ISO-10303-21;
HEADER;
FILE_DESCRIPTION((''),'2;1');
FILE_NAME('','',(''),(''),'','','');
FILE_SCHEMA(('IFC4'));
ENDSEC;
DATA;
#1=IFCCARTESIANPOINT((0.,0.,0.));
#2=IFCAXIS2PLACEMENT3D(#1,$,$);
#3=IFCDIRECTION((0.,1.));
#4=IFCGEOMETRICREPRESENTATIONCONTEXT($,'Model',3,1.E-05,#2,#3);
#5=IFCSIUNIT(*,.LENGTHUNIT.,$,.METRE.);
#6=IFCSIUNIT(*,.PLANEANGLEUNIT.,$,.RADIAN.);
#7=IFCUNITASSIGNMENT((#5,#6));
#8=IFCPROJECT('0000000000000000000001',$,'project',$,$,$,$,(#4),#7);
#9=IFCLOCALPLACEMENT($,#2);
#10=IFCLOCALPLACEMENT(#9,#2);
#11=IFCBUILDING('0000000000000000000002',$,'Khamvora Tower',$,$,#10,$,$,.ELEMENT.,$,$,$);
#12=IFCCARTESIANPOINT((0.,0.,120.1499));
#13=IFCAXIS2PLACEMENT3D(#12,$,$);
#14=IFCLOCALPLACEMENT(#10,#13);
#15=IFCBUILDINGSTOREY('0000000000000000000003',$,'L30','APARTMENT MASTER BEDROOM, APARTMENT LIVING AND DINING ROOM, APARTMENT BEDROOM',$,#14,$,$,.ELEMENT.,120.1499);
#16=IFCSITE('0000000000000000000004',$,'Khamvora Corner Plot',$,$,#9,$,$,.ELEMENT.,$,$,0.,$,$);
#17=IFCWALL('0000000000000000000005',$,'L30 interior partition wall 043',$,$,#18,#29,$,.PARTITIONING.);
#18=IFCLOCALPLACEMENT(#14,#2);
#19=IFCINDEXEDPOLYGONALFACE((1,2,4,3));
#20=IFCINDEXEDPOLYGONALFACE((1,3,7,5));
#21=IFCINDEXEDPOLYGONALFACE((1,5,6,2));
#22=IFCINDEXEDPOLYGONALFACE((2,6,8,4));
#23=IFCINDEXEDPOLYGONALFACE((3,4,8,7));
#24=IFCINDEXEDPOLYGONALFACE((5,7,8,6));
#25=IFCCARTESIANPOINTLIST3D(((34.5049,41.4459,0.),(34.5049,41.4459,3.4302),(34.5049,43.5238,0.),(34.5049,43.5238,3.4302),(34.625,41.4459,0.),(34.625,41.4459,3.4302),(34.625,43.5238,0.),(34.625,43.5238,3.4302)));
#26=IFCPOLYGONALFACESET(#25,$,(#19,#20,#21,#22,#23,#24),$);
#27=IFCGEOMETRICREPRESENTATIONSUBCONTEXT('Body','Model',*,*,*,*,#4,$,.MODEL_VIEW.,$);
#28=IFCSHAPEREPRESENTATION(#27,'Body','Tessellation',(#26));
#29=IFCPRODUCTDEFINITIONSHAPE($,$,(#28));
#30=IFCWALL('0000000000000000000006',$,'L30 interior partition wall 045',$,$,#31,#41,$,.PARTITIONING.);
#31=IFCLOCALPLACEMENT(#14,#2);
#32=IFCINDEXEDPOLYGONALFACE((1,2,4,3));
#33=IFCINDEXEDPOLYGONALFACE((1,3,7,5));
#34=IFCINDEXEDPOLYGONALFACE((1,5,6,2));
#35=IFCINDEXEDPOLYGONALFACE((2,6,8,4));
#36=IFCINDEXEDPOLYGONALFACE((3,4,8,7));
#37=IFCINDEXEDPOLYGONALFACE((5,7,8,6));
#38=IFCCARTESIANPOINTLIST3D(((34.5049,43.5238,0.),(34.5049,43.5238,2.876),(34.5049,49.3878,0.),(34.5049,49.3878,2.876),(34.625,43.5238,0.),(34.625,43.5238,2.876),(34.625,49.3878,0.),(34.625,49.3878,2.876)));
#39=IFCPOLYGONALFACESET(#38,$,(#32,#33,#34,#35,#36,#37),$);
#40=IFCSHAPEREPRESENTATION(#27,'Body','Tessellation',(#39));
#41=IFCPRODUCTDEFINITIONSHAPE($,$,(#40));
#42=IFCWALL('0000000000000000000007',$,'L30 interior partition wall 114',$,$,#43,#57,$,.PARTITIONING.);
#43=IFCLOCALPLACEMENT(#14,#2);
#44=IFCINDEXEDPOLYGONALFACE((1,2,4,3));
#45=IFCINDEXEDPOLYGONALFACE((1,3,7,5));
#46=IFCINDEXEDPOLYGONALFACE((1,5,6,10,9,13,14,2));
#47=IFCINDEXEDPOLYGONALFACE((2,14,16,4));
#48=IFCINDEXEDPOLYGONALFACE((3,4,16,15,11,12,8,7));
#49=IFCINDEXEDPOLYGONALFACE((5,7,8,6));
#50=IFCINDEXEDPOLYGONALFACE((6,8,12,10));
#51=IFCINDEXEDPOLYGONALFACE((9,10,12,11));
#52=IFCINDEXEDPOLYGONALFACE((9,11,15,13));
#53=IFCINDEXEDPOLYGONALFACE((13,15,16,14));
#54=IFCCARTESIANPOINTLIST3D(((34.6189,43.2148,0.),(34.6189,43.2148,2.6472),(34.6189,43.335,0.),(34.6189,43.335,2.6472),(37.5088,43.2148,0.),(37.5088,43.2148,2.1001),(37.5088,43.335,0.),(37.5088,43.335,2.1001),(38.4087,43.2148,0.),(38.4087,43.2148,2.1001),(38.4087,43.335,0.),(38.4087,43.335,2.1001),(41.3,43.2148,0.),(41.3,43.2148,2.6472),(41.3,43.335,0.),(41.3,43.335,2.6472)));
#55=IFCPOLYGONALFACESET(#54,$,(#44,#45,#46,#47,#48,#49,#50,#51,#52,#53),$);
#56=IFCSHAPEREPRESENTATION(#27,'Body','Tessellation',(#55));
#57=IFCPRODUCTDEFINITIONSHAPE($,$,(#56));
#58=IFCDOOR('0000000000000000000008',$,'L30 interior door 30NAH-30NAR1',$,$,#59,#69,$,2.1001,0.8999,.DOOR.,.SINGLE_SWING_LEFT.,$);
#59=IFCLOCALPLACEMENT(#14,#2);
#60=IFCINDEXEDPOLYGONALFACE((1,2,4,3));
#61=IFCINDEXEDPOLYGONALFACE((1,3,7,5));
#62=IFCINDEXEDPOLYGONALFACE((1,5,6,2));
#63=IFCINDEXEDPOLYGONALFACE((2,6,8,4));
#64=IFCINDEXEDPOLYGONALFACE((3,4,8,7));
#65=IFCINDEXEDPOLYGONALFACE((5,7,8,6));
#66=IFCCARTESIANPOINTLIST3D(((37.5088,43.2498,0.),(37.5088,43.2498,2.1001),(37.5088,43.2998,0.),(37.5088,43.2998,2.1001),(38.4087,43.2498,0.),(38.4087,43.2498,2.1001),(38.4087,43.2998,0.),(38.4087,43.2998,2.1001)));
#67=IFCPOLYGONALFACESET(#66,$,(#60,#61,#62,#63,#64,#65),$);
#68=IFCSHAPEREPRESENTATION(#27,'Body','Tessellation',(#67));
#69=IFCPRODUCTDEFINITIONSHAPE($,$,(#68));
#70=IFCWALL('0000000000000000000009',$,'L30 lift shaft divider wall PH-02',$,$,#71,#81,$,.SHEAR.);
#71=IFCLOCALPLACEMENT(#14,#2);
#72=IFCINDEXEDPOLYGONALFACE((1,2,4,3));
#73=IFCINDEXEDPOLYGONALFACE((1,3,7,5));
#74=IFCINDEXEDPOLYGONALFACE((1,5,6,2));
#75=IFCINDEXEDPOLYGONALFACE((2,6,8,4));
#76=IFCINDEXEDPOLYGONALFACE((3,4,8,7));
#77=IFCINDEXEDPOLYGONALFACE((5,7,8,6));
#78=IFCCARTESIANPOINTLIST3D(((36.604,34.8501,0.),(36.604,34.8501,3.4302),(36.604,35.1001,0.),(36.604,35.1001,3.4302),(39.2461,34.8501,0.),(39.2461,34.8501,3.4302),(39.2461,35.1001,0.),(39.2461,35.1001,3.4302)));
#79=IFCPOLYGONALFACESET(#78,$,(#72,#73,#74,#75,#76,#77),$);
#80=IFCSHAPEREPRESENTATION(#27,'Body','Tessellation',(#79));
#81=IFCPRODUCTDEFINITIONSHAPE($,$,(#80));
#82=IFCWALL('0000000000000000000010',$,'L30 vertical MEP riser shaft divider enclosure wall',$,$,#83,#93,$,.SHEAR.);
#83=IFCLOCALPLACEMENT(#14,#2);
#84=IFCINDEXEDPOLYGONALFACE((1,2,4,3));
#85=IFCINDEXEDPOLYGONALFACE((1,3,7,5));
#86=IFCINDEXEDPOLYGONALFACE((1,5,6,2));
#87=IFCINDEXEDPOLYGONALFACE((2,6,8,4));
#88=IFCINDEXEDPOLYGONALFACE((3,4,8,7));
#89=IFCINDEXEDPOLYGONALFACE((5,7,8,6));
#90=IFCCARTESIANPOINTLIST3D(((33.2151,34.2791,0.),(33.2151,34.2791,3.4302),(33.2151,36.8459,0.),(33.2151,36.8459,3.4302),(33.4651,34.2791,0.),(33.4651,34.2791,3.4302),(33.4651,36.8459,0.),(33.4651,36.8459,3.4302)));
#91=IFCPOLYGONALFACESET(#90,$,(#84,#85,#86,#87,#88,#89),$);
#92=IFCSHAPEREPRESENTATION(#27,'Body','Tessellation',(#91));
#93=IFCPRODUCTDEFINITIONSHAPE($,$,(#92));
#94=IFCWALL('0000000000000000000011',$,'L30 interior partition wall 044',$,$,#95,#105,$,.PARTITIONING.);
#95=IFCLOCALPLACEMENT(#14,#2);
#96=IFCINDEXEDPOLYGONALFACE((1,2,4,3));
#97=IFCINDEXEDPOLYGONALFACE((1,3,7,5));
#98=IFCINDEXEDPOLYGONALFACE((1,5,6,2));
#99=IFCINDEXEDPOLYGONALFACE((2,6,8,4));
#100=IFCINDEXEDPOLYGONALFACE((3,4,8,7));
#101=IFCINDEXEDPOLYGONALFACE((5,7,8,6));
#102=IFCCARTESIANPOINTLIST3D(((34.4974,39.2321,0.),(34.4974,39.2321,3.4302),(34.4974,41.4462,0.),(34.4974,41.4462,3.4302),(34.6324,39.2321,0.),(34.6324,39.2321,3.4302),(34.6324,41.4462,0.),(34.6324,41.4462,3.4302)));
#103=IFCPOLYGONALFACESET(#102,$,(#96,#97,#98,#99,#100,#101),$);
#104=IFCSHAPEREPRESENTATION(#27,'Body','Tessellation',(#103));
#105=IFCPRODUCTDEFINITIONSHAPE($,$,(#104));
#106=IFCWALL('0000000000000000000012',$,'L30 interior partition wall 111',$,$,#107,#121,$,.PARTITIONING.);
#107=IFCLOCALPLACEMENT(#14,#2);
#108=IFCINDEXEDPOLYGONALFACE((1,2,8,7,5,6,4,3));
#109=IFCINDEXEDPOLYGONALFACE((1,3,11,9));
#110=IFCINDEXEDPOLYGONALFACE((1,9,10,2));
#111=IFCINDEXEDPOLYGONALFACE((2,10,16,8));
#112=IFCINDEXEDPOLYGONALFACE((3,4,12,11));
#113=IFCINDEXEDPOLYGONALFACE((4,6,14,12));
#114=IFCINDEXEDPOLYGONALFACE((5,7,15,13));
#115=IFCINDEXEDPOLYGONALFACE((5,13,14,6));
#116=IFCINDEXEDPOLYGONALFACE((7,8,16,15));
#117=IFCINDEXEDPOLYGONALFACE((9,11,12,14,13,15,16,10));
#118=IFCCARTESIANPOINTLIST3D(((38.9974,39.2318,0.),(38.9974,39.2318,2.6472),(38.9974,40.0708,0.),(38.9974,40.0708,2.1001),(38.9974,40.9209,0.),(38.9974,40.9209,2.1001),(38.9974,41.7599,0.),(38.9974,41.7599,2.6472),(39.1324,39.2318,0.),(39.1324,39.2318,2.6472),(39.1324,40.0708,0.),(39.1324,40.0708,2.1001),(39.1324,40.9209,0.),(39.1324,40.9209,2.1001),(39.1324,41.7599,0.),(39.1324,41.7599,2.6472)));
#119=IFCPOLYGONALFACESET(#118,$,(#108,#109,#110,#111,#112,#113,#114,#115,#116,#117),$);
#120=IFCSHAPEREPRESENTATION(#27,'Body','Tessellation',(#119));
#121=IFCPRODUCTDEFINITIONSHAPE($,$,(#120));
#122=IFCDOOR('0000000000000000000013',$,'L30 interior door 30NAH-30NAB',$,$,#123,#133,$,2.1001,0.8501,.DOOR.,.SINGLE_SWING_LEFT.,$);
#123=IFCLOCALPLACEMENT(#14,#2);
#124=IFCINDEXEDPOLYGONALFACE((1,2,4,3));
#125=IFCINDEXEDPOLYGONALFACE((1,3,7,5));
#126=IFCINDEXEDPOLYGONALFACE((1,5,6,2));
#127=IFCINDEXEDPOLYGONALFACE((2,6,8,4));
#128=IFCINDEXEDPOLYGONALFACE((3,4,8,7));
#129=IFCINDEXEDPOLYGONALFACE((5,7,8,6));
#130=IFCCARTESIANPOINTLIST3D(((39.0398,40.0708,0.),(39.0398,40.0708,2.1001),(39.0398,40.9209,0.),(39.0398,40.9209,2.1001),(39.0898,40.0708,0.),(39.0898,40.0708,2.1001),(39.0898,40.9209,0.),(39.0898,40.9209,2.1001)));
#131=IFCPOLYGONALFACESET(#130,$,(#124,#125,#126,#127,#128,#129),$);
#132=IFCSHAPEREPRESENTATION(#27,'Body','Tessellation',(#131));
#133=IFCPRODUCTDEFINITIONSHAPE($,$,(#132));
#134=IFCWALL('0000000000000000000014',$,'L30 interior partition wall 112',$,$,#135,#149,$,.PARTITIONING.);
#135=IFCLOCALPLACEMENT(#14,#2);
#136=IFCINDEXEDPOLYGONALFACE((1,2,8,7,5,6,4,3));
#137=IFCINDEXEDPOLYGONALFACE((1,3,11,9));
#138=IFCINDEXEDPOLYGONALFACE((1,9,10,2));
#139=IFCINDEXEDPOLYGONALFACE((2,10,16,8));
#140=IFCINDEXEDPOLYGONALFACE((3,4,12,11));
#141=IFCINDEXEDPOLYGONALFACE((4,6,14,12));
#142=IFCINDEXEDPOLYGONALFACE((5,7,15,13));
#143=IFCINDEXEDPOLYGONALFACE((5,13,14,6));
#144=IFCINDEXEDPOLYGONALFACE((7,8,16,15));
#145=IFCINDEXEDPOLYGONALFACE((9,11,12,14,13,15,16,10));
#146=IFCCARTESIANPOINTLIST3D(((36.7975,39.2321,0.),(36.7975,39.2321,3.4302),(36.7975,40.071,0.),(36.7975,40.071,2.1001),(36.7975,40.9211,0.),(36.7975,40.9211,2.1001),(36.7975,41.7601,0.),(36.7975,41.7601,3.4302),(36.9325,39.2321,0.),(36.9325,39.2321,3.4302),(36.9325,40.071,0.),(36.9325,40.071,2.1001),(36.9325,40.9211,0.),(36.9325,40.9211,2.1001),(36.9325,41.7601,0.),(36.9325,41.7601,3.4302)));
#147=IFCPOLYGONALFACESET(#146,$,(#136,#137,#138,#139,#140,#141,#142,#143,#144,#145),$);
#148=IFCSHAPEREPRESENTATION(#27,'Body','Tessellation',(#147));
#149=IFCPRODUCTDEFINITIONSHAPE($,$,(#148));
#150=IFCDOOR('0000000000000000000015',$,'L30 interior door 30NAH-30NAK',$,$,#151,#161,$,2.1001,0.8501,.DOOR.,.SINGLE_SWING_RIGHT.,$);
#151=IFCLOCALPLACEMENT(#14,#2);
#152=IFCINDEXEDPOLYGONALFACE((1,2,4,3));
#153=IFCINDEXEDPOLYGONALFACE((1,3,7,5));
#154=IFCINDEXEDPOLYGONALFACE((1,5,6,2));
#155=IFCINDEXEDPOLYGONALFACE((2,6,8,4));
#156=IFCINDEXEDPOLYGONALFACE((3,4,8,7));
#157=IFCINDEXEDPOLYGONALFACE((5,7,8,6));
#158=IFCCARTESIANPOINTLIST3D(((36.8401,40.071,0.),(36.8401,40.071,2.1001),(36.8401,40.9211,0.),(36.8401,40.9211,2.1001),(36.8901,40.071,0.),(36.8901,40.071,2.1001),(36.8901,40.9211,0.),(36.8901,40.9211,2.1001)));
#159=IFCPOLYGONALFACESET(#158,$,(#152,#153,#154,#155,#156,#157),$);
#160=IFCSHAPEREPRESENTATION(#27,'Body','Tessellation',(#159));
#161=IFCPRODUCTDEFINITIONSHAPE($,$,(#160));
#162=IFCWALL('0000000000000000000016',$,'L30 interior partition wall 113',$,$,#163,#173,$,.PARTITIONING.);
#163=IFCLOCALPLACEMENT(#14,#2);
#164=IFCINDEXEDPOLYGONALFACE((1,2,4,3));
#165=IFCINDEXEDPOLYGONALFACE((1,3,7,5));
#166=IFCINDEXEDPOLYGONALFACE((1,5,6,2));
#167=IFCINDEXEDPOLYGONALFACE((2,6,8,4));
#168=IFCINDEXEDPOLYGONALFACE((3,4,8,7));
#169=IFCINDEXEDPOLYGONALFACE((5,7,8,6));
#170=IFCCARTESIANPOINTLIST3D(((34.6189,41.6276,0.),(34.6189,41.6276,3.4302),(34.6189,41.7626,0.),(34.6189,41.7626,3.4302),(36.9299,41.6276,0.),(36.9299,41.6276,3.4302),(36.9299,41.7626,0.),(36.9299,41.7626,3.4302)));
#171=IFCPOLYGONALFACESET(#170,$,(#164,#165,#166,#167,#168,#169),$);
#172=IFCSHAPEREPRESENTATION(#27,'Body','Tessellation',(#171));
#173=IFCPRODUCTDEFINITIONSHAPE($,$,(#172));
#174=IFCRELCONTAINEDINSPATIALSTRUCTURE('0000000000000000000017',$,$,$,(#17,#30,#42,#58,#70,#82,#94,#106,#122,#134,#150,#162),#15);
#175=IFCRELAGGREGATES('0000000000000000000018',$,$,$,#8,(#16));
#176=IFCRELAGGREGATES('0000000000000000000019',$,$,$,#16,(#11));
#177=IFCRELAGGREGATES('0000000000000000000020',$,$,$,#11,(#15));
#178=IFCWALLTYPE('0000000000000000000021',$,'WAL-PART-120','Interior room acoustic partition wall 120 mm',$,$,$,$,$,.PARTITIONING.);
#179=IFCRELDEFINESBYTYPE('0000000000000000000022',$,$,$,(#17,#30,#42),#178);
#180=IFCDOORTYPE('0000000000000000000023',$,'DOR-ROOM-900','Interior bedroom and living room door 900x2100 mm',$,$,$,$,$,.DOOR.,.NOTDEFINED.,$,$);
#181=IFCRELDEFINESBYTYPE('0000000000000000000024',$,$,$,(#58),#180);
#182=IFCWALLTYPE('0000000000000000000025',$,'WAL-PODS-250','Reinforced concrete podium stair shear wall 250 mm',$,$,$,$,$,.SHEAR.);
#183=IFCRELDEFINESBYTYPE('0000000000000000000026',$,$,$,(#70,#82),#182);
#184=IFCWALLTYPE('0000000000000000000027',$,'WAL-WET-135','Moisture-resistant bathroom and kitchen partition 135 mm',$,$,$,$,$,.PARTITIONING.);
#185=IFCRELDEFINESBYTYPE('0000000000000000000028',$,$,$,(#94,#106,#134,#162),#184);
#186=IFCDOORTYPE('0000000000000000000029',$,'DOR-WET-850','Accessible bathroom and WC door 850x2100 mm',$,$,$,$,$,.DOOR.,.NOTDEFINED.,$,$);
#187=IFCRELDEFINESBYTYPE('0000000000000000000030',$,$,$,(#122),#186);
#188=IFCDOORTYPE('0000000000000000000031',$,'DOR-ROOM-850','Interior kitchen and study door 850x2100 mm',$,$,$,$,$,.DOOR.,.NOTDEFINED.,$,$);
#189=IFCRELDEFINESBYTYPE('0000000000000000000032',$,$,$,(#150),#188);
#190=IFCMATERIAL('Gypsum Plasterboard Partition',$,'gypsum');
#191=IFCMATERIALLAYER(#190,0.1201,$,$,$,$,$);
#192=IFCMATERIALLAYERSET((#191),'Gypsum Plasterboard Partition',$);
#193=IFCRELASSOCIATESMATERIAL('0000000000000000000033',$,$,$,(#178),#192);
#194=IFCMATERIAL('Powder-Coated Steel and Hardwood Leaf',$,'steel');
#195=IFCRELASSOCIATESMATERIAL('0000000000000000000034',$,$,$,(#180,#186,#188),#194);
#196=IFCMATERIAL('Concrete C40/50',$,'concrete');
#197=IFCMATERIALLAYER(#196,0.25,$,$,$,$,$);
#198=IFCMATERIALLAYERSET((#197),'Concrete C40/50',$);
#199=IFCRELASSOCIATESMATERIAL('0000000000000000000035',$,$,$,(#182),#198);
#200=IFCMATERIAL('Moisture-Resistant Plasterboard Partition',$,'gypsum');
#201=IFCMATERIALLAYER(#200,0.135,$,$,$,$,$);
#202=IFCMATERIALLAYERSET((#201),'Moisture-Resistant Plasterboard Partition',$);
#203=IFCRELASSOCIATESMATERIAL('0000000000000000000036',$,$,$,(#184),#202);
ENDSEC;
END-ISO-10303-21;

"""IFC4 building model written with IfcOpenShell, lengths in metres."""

from ifc_helpers import new_model, si_unit, direction, frame, frame_2d, origin, place, context, subcontext, project, spatial, rectangle, extrude, material, layer, layer_set, type_object, element, fill, save


model = new_model("IFC4")

# Units and contexts
model_context = context("Model", 3, precision=1e-05, world=origin(), true_north=direction((0.0, 1.0)))
body_context = subcontext(model_context, "Body", "Model", "MODEL_VIEW")
ifc_project = project(units=[si_unit("LENGTHUNIT", "METRE"), si_unit("PLANEANGLEUNIT", "RADIAN")], contexts=[model_context])

# Site, building, storey
site_placement = place(None, origin())
site = spatial("IfcSite", under=ifc_project, at=site_placement, Name="Khamvora Corner Plot", CompositionType="ELEMENT", RefElevation=0.0)
building_placement = place(site_placement, origin())
building = spatial("IfcBuilding", under=site, at=building_placement, Name="Khamvora Tower", CompositionType="ELEMENT")
storey_placement = place(building_placement, frame((0.0, 0.0, 120.1499)))
storey = spatial("IfcBuildingStorey", under=building, at=storey_placement, Name="L30", Description="APARTMENT MASTER BEDROOM, APARTMENT LIVING AND DINING ROOM, APARTMENT BEDROOM", CompositionType="ELEMENT", Elevation=120.1499)

# Shared definitions
ifc_material_1 = material(Name="Powder-Coated Steel and Hardwood Leaf", Category="steel")

# Walls
ifc_material_2 = material(Name="Gypsum Plasterboard Partition", Category="gypsum")
ifc_layer_1 = layer(ifc_material_2, 0.1201)
ifc_layer_set_1 = layer_set([ifc_layer_1], Name="Gypsum Plasterboard Partition")
wall_type_1 = type_object("IfcWallType", Name="WAL-PART-120", Description="Interior room acoustic partition wall 120 mm", PredefinedType="PARTITIONING", material=ifc_layer_set_1)
wall_1_placement = place(storey_placement, frame((34.5649, 43.5239, 0.0), z_axis=(0.0, 0.0, 1.0), x_axis=(0.0, -1.0, 0.0)))
element("IfcWall", 1, at=wall_1_placement, inside=storey, type_object=wall_type_1, Name="L30 interior partition wall 043", PredefinedType="PARTITIONING", context=body_context, shape_type="SweptSolid", body=[
    extrude(rectangle(XDim=2.0779, YDim=0.1201, at=frame_2d((1.0391, 0.0))), origin(), (0.0, 0.0, 1.0), 3.4302),
])
wall_2_placement = place(storey_placement, frame((34.5649, 49.3879, 0.0), z_axis=(0.0, 0.0, 1.0), x_axis=(0.0, -1.0, 0.0)))
element("IfcWall", 2, at=wall_2_placement, inside=storey, type_object=wall_type_1, Name="L30 interior partition wall 045", PredefinedType="PARTITIONING", context=body_context, shape_type="SweptSolid", body=[
    extrude(rectangle(XDim=5.864, YDim=0.1201, at=frame_2d((2.9321, 0.0))), origin(), (0.0, 0.0, 1.0), 2.876),
])

# Wall, opening, door
wall_3_placement = place(storey_placement, frame((34.6189, 43.2749, 0.0), z_axis=(0.0, 0.0, 1.0), x_axis=(1.0, 0.0, 0.0)))
wall_3 = element("IfcWall", 3, at=wall_3_placement, inside=storey, type_object=wall_type_1, Name="L30 interior partition wall 114", PredefinedType="PARTITIONING", context=body_context, shape_type="SweptSolid", body=[
    extrude(rectangle(XDim=6.6812, YDim=0.1201, at=frame_2d((3.3406, 0.0))), origin(), (0.0, 0.0, 1.0), 2.6472),
])
opening_1_placement = place(wall_3_placement, frame((2.8899, 0.0, 0.0)))
opening_1 = element("IfcOpeningElement", 4, at=opening_1_placement, cuts=wall_3, PredefinedType="OPENING", context=body_context, shape_type="SweptSolid", body=[
    extrude(rectangle(XDim=0.8999, YDim=2.1001, at=frame_2d((0.45, 1.05))), frame((0.0, 0.0701, 0.0), z_axis=(0.0, -1.0, 0.0), x_axis=(1.0, 0.0, 0.0)), (0.0, 0.0, 1.0), 0.1401),
])
door_type_1 = type_object("IfcDoorType", Name="DOR-ROOM-900", Description="Interior bedroom and living room door 900x2100 mm", OperationType="NOTDEFINED", PredefinedType="DOOR", material=ifc_material_1)
door_1_placement = place(opening_1_placement, origin())
door_1 = element("IfcDoor", 5, at=door_1_placement, inside=storey, type_object=door_type_1, Name="L30 interior door 30NAH-30NAR1", OperationType="SINGLE_SWING_LEFT", OverallHeight=2.1001, OverallWidth=0.8999, PredefinedType="DOOR", context=body_context, shape_type="SweptSolid", body=[
    extrude(rectangle(XDim=0.8999, YDim=2.1001, at=frame_2d((0.45, 1.05))), frame((0.0, 0.0249, 0.0), z_axis=(0.0, -1.0, 0.0), x_axis=(1.0, 0.0, 0.0)), (0.0, 0.0, 1.0), 0.05),
])
fill(opening_1, door_1)

# Walls
ifc_material_3 = material(Name="Concrete C40/50", Category="concrete")
ifc_layer_2 = layer(ifc_material_3, 0.25)
ifc_layer_set_2 = layer_set([ifc_layer_2], Name="Concrete C40/50")
wall_type_2 = type_object("IfcWallType", Name="WAL-PODS-250", Description="Reinforced concrete podium stair shear wall 250 mm", PredefinedType="SHEAR", material=ifc_layer_set_2)
wall_4_placement = place(storey_placement, frame((36.604, 34.9751, 0.0), z_axis=(0.0, 0.0, 1.0), x_axis=(1.0, 0.0, 0.0)))
element("IfcWall", 6, at=wall_4_placement, inside=storey, type_object=wall_type_2, Name="L30 lift shaft divider wall PH-02", PredefinedType="SHEAR", context=body_context, shape_type="SweptSolid", body=[
    extrude(rectangle(XDim=2.6421, YDim=0.25, at=frame_2d((1.321, 0.0))), origin(), (0.0, 0.0, 1.0), 3.4302),
])
wall_5_placement = place(storey_placement, frame((33.3401, 34.2791, 0.0), z_axis=(0.0, 0.0, 1.0), x_axis=(0.0, 1.0, 0.0)))
element("IfcWall", 7, at=wall_5_placement, inside=storey, type_object=wall_type_2, Name="L30 vertical MEP riser shaft divider enclosure wall", PredefinedType="SHEAR", context=body_context, shape_type="SweptSolid", body=[
    extrude(rectangle(XDim=2.5669, YDim=0.25, at=frame_2d((1.2834, 0.0))), origin(), (0.0, 0.0, 1.0), 3.4302),
])
ifc_material_4 = material(Name="Moisture-Resistant Plasterboard Partition", Category="gypsum")
ifc_layer_3 = layer(ifc_material_4, 0.135)
ifc_layer_set_3 = layer_set([ifc_layer_3], Name="Moisture-Resistant Plasterboard Partition")
wall_type_3 = type_object("IfcWallType", Name="WAL-WET-135", Description="Moisture-resistant bathroom and kitchen partition 135 mm", PredefinedType="PARTITIONING", material=ifc_layer_set_3)
wall_6_placement = place(storey_placement, frame((34.5649, 41.446, 0.0), z_axis=(0.0, 0.0, 1.0), x_axis=(0.0, -1.0, 0.0)))
element("IfcWall", 8, at=wall_6_placement, inside=storey, type_object=wall_type_3, Name="L30 interior partition wall 044", PredefinedType="PARTITIONING", context=body_context, shape_type="SweptSolid", body=[
    extrude(rectangle(XDim=2.2141, YDim=0.135, at=frame_2d((1.1069, 0.0))), origin(), (0.0, 0.0, 1.0), 3.4302),
])

# Walls, openings, doors
wall_7_placement = place(storey_placement, frame((39.0649, 41.76, 0.0), z_axis=(0.0, 0.0, 1.0), x_axis=(0.0, -1.0, 0.0)))
wall_7 = element("IfcWall", 9, at=wall_7_placement, inside=storey, type_object=wall_type_3, Name="L30 interior partition wall 111", PredefinedType="PARTITIONING", context=body_context, shape_type="SweptSolid", body=[
    extrude(rectangle(XDim=2.5281, YDim=0.135, at=frame_2d((1.2642, 0.0))), origin(), (0.0, 0.0, 1.0), 2.6472),
])
opening_2_placement = place(wall_7_placement, frame((0.8391, 0.0, 0.0)))
opening_2 = element("IfcOpeningElement", 10, at=opening_2_placement, cuts=wall_7, PredefinedType="OPENING", context=body_context, shape_type="SweptSolid", body=[
    extrude(rectangle(XDim=0.8501, YDim=2.1001, at=frame_2d((0.425, 1.05))), frame((0.0, 0.0774, 0.0), z_axis=(0.0, -1.0, 0.0), x_axis=(1.0, 0.0, 0.0)), (0.0, 0.0, 1.0), 0.155),
])
door_type_2 = type_object("IfcDoorType", Name="DOR-WET-850", Description="Accessible bathroom and WC door 850x2100 mm", OperationType="NOTDEFINED", PredefinedType="DOOR", material=ifc_material_1)
door_2_placement = place(opening_2_placement, origin())
door_2 = element("IfcDoor", 11, at=door_2_placement, inside=storey, type_object=door_type_2, Name="L30 interior door 30NAH-30NAB", OperationType="SINGLE_SWING_LEFT", OverallHeight=2.1001, OverallWidth=0.8501, PredefinedType="DOOR", context=body_context, shape_type="SweptSolid", body=[
    extrude(rectangle(XDim=0.8501, YDim=2.1001, at=frame_2d((0.425, 1.05))), frame((0.0, 0.0249, 0.0), z_axis=(0.0, -1.0, 0.0), x_axis=(1.0, 0.0, 0.0)), (0.0, 0.0, 1.0), 0.05),
])
fill(opening_2, door_2)
wall_8_placement = place(storey_placement, frame((36.865, 39.2319, 0.0), z_axis=(0.0, 0.0, 1.0), x_axis=(0.0, 1.0, 0.0)))
wall_8 = element("IfcWall", 12, at=wall_8_placement, inside=storey, type_object=wall_type_3, Name="L30 interior partition wall 112", PredefinedType="PARTITIONING", context=body_context, shape_type="SweptSolid", body=[
    extrude(rectangle(XDim=2.5281, YDim=0.135, at=frame_2d((1.2642, 0.0))), origin(), (0.0, 0.0, 1.0), 3.4302),
])
opening_3_placement = place(wall_8_placement, frame((0.8391, 0.0, 0.0)))
opening_3 = element("IfcOpeningElement", 13, at=opening_3_placement, cuts=wall_8, PredefinedType="OPENING", context=body_context, shape_type="SweptSolid", body=[
    extrude(rectangle(XDim=0.8501, YDim=2.1001, at=frame_2d((0.425, 1.05))), frame((0.0, 0.0774, 0.0), z_axis=(0.0, -1.0, 0.0), x_axis=(1.0, 0.0, 0.0)), (0.0, 0.0, 1.0), 0.155),
])
door_type_3 = type_object("IfcDoorType", Name="DOR-ROOM-850", Description="Interior kitchen and study door 850x2100 mm", OperationType="NOTDEFINED", PredefinedType="DOOR", material=ifc_material_1)
door_3_placement = place(opening_3_placement, origin())
door_3 = element("IfcDoor", 14, at=door_3_placement, inside=storey, type_object=door_type_3, Name="L30 interior door 30NAH-30NAK", OperationType="SINGLE_SWING_RIGHT", OverallHeight=2.1001, OverallWidth=0.8501, PredefinedType="DOOR", context=body_context, shape_type="SweptSolid", body=[
    extrude(rectangle(XDim=0.8501, YDim=2.1001, at=frame_2d((0.425, 1.05))), frame((0.0, 0.0249, 0.0), z_axis=(0.0, -1.0, 0.0), x_axis=(1.0, 0.0, 0.0)), (0.0, 0.0, 1.0), 0.05),
])
fill(opening_3, door_3)

# Wall
wall_9_placement = place(storey_placement, frame((36.9299, 41.6951, 0.0), z_axis=(0.0, 0.0, 1.0), x_axis=(-1.0, 0.0, 0.0)))
element("IfcWall", 15, at=wall_9_placement, inside=storey, type_object=wall_type_3, Name="L30 interior partition wall 113", PredefinedType="PARTITIONING", context=body_context, shape_type="SweptSolid", body=[
    extrude(rectangle(XDim=2.311, YDim=0.135, at=frame_2d((1.1555, 0.0))), origin(), (0.0, 0.0, 1.0), 3.4302),
])

save(model, "model.ifc")
